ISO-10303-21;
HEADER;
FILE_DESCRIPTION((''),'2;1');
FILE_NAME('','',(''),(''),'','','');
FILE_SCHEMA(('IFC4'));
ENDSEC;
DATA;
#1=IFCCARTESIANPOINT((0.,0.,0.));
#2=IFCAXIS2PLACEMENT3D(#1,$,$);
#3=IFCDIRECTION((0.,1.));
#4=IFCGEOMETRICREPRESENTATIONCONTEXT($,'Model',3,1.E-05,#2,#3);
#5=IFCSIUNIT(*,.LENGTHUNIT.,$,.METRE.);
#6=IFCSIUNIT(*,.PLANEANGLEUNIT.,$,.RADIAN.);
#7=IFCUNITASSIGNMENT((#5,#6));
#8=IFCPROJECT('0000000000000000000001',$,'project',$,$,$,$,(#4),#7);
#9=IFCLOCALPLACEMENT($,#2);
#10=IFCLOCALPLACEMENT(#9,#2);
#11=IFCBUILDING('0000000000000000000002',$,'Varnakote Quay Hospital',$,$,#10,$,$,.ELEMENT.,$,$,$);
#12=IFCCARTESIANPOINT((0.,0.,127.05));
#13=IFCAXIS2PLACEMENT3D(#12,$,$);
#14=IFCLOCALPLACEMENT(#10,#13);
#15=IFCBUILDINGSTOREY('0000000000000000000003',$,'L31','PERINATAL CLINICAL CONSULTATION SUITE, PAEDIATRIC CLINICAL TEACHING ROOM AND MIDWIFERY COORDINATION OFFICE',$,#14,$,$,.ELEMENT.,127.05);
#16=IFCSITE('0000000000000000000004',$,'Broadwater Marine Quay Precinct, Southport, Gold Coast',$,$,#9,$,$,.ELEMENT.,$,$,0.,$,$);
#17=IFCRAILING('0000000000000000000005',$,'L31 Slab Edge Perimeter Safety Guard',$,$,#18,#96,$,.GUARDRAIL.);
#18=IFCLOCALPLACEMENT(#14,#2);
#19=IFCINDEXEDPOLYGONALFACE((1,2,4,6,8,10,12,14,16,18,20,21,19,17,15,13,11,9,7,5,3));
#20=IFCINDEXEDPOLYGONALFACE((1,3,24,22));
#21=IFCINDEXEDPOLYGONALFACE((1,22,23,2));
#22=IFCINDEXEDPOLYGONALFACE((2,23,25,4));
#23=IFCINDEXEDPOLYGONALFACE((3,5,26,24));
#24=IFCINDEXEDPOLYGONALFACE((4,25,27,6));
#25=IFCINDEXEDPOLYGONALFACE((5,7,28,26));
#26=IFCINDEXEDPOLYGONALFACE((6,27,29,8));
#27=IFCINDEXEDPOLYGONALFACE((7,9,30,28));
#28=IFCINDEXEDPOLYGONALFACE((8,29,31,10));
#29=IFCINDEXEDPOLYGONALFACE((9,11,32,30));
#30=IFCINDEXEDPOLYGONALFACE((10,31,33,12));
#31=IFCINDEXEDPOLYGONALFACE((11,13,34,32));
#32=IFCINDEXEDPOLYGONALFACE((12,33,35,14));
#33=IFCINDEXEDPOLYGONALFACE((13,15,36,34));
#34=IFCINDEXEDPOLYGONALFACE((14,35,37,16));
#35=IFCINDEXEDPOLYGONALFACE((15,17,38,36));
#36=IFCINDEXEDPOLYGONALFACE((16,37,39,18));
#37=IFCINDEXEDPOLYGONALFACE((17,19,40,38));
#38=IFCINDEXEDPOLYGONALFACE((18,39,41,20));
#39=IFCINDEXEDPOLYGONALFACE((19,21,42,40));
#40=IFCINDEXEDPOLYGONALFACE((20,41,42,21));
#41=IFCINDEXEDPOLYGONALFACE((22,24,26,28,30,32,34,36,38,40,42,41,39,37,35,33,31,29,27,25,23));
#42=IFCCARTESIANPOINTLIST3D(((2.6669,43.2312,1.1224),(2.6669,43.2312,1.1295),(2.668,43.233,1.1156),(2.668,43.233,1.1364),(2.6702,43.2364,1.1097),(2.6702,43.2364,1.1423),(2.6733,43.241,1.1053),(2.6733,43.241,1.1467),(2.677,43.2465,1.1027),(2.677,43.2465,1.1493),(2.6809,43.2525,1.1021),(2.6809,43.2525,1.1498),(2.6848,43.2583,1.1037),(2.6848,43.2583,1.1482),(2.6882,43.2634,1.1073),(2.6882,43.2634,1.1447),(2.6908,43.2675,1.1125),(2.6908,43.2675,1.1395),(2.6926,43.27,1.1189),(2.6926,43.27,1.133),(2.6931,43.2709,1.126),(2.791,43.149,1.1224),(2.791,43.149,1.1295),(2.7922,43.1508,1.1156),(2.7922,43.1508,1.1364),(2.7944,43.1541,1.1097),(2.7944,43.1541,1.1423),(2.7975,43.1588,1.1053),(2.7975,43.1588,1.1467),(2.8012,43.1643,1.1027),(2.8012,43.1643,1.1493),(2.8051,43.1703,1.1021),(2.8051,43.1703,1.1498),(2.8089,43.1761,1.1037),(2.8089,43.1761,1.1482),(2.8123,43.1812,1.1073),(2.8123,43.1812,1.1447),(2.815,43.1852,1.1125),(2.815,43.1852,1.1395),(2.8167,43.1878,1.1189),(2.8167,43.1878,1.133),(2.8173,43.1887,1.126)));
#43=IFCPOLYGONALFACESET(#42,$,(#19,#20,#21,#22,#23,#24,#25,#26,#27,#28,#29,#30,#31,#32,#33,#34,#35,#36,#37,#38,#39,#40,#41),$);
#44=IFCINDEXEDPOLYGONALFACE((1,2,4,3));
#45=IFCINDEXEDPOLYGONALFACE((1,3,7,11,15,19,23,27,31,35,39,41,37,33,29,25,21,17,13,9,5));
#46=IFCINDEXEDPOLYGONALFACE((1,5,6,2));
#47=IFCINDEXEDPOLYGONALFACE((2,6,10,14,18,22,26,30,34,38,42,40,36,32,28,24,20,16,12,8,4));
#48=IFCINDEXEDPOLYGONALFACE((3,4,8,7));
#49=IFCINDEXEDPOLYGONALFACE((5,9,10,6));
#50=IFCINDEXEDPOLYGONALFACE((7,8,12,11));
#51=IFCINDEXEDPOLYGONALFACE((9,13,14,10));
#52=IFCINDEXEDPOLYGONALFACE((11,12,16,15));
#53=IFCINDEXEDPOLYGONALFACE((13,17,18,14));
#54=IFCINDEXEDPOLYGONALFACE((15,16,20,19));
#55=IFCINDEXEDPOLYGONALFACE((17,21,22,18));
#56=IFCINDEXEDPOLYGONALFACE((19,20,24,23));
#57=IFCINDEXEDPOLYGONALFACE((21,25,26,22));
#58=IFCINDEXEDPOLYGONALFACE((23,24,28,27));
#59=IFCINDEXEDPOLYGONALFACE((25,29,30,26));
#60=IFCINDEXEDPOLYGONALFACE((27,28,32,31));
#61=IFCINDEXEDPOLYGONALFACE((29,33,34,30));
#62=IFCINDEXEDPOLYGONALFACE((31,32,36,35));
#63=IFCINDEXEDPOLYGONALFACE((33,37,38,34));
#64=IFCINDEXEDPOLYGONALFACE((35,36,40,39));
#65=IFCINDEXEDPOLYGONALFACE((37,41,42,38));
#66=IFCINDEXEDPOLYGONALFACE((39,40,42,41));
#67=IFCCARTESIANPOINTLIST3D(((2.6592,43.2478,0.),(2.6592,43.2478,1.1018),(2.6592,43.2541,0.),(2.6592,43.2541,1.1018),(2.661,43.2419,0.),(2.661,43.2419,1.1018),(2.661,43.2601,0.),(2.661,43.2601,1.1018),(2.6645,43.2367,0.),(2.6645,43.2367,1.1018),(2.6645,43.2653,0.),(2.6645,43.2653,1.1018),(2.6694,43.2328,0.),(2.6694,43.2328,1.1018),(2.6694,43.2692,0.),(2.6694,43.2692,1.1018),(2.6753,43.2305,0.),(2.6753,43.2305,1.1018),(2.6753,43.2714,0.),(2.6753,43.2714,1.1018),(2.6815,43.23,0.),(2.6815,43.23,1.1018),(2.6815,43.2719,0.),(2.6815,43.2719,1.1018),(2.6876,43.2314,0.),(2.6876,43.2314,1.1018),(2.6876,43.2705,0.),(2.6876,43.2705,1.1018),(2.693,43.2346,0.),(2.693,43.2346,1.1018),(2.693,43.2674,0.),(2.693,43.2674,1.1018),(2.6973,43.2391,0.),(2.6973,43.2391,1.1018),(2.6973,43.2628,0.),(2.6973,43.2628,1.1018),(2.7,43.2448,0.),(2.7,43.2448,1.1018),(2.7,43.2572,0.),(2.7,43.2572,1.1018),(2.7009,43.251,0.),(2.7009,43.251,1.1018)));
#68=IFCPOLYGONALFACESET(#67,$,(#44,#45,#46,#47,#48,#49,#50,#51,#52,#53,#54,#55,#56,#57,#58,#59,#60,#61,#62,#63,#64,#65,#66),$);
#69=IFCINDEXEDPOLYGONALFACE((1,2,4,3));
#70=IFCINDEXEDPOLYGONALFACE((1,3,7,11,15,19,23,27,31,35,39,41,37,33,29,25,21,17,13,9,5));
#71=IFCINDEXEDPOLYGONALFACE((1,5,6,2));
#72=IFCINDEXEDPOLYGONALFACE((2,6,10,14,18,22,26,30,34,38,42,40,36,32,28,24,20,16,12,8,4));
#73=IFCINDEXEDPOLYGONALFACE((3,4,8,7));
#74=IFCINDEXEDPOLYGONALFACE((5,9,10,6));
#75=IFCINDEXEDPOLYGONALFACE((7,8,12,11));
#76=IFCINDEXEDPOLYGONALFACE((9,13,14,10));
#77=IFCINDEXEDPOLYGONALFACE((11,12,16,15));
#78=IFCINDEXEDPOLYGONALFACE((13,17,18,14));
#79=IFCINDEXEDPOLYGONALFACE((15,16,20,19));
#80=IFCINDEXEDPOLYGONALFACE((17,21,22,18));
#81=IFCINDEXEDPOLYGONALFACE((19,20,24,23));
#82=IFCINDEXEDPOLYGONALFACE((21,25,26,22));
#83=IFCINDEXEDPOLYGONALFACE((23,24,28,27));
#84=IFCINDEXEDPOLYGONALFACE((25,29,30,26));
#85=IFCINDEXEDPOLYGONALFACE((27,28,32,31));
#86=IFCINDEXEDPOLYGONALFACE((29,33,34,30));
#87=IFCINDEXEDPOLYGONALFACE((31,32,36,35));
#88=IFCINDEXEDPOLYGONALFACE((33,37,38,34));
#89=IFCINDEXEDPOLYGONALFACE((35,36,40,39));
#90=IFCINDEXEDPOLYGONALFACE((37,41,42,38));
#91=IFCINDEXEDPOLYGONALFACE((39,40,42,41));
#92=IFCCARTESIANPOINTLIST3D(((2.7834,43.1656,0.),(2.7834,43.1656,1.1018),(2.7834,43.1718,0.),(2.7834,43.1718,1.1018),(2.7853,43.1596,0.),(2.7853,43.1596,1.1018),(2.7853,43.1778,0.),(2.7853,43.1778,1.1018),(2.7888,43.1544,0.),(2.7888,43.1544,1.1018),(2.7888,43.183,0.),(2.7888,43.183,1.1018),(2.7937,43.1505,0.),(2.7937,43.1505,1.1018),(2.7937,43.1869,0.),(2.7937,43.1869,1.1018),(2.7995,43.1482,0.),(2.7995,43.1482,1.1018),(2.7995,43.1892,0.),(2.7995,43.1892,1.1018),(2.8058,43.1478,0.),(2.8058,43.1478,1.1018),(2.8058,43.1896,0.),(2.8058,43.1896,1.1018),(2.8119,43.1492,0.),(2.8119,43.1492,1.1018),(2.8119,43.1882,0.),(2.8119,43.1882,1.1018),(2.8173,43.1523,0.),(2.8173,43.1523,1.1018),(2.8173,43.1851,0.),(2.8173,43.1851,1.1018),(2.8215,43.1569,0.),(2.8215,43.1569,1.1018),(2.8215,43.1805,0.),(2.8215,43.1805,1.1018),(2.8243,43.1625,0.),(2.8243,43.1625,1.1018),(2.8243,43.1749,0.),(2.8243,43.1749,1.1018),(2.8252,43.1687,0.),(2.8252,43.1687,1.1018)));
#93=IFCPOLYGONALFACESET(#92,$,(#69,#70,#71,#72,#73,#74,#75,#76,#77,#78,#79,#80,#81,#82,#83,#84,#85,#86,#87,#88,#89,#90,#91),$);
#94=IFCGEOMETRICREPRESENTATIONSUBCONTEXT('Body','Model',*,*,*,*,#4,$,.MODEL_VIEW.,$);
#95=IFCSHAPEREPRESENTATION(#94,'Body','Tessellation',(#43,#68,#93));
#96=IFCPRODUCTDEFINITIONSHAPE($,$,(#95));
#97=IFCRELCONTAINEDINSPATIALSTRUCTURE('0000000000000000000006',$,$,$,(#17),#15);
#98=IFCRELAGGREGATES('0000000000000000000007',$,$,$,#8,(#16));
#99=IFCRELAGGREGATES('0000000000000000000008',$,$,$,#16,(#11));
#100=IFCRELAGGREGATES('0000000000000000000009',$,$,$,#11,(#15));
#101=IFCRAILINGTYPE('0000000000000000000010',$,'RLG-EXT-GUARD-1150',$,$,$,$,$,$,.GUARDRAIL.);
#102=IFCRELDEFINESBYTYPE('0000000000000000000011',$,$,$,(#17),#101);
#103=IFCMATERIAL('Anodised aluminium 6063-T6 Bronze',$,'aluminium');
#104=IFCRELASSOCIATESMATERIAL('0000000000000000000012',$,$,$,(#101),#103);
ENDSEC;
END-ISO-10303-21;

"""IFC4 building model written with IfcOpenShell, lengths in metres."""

from ifc_helpers import new_model, si_unit, direction, frame, origin, origin_2d, place, context, subcontext, project, spatial, circle, extrude, material, type_object, element, save


model = new_model("IFC4")

# Units and contexts
model_context = context("Model", 3, precision=1e-05, world=origin(), true_north=direction((0.0, 1.0)))
body_context = subcontext(model_context, "Body", "Model", "MODEL_VIEW")
ifc_project = project(units=[si_unit("LENGTHUNIT", "METRE"), si_unit("PLANEANGLEUNIT", "RADIAN")], contexts=[model_context])

# Site, building, storey
site_placement = place(None, origin())
site = spatial("IfcSite", under=ifc_project, at=site_placement, Name="Broadwater Marine Quay Precinct, Southport, Gold Coast", CompositionType="ELEMENT", RefElevation=0.0)
building_placement = place(site_placement, origin())
building = spatial("IfcBuilding", under=site, at=building_placement, Name="Varnakote Quay Hospital", CompositionType="ELEMENT")
storey_placement = place(building_placement, frame((0.0, 0.0, 127.05)))
storey = spatial("IfcBuildingStorey", under=building, at=storey_placement, Name="L31", Description="PERINATAL CLINICAL CONSULTATION SUITE, PAEDIATRIC CLINICAL TEACHING ROOM AND MIDWIFERY COORDINATION OFFICE", CompositionType="ELEMENT", Elevation=127.05)

# Railing
ifc_material_1 = material(Name="Anodised aluminium 6063-T6 Bronze", Category="aluminium")
railing_type = type_object("IfcRailingType", Name="RLG-EXT-GUARD-1150", PredefinedType="GUARDRAIL", material=ifc_material_1)
railing_1_placement = place(storey_placement, frame((2.6799, 43.251, 0.0)))
element("IfcRailing", 1, at=railing_1_placement, inside=storey, type_object=railing_type, Name="L31 Slab Edge Perimeter Safety Guard", PredefinedType="GUARDRAIL", context=body_context, shape_type="SweptSolid", body=[
    extrude(circle(Radius=0.0239, at=origin_2d()), frame((0.0, 0.0, 1.126), z_axis=(0.83381, -0.552051, 0.0), x_axis=(0.552051, 0.83381, 0.0)), (0.0, 0.0, 1.0), 0.1489),
    extrude(circle(Radius=0.021, at=origin_2d()), origin(), (0.0, 0.0, 1.0), 1.1018),
    extrude(circle(Radius=0.021, at=origin_2d()), frame((0.1243, -0.0823, 0.0)), (0.0, 0.0, 1.0), 1.1018),
])

save(model, "model.ifc")
